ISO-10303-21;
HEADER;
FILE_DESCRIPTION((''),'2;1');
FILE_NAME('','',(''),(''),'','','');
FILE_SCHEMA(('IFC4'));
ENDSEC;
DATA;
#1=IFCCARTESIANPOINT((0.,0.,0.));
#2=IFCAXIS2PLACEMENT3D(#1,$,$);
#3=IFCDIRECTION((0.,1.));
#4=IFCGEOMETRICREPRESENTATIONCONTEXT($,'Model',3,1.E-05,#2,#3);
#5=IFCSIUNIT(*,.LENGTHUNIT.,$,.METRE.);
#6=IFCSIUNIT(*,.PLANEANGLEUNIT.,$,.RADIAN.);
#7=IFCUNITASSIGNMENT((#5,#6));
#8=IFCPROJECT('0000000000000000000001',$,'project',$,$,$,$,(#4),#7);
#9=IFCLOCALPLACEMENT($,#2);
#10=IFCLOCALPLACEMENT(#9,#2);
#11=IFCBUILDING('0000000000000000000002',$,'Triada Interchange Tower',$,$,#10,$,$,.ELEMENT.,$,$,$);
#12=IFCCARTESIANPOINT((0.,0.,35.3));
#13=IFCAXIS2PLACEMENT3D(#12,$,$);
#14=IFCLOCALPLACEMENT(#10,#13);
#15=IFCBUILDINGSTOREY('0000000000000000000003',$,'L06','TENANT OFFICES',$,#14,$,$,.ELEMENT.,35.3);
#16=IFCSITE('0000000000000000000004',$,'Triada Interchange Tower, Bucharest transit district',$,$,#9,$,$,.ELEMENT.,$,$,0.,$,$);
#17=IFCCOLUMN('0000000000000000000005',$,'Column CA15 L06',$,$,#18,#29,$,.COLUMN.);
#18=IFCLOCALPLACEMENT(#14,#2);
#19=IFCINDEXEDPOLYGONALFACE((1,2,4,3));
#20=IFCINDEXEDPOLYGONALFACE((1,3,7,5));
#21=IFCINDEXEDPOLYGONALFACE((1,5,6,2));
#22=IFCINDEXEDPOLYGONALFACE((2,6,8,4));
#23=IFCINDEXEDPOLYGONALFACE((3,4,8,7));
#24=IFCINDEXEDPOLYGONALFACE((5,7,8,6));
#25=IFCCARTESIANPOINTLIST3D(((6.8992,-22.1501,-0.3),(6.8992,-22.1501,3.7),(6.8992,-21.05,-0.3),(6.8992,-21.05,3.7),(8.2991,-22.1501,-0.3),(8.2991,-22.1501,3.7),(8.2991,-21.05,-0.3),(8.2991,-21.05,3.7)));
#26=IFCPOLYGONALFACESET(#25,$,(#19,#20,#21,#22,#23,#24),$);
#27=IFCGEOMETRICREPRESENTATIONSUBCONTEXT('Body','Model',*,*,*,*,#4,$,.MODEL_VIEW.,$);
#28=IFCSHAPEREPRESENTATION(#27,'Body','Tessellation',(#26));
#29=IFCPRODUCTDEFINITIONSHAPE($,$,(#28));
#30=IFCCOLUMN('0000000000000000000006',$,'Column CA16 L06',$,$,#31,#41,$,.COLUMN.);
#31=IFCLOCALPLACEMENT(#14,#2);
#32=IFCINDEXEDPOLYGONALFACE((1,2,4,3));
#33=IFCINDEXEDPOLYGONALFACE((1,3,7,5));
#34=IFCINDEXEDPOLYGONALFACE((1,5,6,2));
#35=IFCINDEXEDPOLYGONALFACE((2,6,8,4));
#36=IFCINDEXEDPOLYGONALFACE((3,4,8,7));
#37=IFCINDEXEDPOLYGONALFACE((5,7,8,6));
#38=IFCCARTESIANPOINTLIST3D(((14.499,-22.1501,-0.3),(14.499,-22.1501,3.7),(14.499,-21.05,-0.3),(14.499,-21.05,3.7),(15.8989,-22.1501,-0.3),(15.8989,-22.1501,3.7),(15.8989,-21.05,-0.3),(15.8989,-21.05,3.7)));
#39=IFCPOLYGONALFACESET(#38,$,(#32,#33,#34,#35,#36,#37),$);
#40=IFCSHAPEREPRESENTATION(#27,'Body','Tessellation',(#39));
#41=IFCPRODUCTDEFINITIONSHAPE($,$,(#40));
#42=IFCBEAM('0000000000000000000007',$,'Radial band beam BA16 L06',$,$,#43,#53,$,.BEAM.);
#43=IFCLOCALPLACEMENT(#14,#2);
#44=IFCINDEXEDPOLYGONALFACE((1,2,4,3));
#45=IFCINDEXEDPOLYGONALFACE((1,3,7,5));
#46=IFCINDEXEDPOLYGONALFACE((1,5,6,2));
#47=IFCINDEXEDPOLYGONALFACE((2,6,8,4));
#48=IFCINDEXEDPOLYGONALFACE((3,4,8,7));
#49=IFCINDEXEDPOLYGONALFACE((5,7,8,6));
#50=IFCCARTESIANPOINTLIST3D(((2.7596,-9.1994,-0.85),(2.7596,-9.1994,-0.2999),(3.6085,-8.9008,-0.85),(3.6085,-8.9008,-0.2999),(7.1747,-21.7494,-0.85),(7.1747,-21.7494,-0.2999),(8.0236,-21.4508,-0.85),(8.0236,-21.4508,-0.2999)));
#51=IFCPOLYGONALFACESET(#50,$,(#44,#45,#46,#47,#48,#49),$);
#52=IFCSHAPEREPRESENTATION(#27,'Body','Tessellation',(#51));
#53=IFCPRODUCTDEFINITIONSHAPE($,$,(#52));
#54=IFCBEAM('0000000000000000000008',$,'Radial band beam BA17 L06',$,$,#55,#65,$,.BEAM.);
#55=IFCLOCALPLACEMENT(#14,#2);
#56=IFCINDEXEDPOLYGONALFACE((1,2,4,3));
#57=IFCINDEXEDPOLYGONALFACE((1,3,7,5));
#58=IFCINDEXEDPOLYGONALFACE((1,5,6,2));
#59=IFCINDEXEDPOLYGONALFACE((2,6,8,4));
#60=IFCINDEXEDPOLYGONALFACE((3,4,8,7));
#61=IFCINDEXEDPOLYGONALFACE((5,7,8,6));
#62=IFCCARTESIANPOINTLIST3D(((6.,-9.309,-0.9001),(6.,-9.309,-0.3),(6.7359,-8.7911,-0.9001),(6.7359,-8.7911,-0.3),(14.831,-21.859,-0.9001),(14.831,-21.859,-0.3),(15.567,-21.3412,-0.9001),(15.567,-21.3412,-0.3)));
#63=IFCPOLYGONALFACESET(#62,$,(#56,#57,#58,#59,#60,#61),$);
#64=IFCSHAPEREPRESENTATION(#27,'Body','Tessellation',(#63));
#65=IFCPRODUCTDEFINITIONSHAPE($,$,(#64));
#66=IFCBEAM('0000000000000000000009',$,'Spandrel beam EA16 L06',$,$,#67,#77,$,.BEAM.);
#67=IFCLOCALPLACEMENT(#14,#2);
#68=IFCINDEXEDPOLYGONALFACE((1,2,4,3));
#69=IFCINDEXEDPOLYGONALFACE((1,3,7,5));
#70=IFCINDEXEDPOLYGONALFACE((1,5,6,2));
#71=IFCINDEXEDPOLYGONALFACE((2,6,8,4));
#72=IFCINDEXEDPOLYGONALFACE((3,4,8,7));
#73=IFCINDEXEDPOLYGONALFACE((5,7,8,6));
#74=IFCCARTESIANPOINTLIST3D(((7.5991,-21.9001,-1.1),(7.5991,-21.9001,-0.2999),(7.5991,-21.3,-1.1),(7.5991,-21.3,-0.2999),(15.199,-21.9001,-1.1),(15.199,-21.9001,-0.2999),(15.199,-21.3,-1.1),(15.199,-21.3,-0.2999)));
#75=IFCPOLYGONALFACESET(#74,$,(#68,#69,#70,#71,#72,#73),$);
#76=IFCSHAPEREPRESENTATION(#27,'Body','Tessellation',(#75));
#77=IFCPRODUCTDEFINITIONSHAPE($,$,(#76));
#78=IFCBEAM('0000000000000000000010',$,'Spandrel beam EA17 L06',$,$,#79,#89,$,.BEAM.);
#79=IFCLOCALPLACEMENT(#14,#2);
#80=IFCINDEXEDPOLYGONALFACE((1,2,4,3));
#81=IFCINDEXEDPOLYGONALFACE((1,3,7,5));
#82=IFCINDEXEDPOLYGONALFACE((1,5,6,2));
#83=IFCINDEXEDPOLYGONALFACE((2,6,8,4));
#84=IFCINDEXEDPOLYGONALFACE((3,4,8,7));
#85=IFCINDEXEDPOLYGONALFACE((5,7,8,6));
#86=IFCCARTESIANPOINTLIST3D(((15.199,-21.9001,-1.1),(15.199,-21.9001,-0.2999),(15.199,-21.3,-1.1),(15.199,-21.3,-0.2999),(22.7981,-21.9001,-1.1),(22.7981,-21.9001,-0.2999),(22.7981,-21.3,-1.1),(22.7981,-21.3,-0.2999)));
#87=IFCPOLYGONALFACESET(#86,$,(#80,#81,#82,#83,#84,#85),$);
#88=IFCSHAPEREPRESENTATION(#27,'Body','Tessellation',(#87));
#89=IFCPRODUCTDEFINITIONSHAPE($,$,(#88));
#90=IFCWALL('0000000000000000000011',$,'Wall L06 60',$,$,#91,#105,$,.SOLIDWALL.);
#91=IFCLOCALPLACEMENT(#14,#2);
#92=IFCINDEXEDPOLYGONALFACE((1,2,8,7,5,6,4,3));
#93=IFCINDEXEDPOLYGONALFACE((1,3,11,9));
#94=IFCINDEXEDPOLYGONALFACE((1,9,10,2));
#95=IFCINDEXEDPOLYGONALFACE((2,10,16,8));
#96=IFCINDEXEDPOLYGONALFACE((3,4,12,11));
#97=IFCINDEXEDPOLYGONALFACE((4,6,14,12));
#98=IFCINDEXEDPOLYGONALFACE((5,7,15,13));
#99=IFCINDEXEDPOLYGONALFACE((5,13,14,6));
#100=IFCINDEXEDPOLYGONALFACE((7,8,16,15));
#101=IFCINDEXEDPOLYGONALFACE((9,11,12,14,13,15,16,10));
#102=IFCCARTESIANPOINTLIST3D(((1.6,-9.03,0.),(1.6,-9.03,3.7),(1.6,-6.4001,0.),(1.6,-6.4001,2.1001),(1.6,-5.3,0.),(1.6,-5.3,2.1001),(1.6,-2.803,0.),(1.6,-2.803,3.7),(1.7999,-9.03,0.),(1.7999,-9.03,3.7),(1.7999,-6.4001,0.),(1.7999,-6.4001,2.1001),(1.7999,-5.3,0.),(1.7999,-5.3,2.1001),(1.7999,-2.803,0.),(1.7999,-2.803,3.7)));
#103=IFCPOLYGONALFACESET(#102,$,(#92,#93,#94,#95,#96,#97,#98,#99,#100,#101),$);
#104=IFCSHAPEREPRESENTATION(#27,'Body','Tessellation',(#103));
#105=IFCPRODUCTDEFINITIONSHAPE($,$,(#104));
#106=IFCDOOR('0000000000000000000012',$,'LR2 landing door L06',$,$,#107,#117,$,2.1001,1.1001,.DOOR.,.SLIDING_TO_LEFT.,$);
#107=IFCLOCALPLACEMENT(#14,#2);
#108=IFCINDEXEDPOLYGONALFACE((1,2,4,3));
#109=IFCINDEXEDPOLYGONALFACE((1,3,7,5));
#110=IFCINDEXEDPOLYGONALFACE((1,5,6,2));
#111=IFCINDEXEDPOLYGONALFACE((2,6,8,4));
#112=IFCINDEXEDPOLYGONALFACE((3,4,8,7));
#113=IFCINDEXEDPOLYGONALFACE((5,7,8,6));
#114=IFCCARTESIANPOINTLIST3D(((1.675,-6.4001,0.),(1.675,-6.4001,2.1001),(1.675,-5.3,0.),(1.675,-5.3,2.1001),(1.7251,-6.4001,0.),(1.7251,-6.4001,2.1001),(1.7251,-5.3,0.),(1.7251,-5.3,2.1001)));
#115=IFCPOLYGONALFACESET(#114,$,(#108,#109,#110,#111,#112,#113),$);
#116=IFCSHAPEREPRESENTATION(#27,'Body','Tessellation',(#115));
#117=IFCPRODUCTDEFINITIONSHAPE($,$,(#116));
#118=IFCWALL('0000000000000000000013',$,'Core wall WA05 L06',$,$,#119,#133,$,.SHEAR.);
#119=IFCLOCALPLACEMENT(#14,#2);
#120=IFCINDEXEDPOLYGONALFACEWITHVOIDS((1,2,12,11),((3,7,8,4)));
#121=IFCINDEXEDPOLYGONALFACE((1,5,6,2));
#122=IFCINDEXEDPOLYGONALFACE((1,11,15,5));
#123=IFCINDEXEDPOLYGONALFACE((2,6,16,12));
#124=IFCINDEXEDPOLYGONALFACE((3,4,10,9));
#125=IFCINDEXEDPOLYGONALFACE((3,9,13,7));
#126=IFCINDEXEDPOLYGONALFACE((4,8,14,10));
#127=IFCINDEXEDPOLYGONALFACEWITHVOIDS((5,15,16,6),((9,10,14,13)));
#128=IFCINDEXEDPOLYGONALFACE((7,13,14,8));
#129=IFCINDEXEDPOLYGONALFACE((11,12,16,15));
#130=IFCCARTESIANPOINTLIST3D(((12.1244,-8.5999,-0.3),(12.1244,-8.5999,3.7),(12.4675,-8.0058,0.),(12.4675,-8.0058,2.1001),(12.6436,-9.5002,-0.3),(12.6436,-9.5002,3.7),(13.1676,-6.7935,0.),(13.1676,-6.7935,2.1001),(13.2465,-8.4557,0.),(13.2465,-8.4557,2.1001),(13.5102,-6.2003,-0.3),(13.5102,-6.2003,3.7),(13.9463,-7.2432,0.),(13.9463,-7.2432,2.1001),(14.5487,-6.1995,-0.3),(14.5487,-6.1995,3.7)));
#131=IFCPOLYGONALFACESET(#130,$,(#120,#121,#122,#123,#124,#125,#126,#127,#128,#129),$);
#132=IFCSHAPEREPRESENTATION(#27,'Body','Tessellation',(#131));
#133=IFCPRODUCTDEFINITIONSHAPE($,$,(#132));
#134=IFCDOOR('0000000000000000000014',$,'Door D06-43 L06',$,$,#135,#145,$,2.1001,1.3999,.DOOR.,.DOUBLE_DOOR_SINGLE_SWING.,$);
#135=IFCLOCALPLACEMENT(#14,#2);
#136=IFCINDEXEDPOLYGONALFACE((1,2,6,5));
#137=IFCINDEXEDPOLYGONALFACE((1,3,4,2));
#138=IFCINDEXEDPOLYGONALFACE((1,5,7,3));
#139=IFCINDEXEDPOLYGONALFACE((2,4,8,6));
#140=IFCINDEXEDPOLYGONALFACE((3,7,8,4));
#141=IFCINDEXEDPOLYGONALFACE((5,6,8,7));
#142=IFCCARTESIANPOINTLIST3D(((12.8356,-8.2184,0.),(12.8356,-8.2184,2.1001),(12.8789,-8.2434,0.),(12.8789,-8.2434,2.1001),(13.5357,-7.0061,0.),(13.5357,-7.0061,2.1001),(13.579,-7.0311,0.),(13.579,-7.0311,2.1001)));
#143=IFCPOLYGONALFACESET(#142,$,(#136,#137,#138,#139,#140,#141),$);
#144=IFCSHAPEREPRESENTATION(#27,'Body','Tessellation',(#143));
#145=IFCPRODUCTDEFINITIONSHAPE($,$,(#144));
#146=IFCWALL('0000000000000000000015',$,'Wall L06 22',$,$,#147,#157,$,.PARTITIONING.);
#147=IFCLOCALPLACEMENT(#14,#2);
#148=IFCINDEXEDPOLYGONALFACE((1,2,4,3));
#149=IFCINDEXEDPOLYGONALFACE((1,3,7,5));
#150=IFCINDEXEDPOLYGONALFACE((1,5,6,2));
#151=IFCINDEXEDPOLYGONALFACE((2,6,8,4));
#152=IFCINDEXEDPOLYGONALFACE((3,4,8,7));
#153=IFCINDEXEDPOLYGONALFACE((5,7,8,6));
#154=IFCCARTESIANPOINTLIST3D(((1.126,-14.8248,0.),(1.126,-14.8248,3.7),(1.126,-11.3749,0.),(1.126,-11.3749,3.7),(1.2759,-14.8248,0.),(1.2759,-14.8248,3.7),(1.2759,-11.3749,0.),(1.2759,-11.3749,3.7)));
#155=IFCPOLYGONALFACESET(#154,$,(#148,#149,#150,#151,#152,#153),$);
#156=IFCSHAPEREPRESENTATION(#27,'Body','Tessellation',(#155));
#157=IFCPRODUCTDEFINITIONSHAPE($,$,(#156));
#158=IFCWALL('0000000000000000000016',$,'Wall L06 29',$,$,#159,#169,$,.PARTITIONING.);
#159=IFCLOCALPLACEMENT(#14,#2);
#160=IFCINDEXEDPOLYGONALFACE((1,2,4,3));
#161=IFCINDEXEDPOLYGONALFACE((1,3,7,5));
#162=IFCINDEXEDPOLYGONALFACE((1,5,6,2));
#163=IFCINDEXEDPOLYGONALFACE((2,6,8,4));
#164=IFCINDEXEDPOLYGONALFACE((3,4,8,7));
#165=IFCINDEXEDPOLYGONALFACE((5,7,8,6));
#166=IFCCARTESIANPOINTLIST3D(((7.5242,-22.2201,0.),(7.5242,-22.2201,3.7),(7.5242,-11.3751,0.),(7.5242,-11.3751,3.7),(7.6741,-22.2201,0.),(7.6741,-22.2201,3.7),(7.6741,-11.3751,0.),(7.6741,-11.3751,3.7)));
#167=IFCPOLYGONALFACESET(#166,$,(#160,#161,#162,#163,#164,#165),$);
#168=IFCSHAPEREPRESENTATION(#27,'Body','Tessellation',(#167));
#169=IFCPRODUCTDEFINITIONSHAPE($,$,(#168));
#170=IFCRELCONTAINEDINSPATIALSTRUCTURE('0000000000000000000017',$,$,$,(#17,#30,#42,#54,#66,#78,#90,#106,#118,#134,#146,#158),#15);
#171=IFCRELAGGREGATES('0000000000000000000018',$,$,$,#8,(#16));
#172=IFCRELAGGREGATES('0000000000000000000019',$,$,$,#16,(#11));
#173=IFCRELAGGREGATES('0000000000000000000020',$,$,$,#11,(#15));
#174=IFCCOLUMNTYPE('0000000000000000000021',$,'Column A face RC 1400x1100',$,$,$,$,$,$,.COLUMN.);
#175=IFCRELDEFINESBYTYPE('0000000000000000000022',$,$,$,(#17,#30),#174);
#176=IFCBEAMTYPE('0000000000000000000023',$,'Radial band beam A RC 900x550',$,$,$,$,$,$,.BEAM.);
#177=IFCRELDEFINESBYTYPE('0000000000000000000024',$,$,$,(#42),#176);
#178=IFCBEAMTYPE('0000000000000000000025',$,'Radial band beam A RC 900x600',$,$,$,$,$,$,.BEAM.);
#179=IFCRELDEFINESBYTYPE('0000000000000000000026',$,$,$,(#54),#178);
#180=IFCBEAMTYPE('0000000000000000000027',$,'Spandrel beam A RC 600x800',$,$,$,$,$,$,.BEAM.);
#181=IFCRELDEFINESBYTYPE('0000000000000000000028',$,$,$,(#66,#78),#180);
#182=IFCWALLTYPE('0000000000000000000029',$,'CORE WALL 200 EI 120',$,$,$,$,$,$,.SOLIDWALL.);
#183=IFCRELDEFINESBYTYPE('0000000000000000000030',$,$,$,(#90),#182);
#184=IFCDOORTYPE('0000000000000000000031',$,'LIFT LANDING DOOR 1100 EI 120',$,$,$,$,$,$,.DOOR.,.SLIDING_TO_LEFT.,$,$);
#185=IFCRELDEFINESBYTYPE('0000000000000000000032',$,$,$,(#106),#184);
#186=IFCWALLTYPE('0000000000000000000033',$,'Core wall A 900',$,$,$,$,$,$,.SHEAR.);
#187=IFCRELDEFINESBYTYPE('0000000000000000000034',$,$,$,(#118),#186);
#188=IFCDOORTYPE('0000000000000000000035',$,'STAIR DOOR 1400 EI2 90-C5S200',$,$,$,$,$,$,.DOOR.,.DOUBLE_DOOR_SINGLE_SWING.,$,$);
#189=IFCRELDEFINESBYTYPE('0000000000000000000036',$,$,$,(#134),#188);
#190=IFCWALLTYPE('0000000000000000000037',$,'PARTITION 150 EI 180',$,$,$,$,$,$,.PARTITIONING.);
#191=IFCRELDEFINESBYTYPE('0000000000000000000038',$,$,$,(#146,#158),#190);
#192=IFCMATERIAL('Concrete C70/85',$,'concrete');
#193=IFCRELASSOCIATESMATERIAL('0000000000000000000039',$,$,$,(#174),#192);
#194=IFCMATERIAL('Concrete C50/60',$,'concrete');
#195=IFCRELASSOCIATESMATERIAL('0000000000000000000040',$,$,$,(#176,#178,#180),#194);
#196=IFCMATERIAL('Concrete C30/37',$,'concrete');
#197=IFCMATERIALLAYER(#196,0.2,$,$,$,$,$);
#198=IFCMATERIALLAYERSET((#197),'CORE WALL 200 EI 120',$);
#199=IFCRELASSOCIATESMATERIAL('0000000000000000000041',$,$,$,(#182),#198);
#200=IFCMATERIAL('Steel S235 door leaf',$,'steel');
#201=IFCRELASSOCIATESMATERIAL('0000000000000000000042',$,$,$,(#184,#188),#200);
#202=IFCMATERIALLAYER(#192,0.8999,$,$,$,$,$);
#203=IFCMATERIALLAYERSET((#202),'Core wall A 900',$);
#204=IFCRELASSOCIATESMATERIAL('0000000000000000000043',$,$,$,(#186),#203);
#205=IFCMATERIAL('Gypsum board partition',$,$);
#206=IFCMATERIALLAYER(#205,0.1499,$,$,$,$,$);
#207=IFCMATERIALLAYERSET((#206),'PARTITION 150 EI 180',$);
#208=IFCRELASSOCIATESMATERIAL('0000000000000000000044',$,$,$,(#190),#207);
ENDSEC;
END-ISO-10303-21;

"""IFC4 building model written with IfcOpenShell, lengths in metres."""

from ifc_helpers import new_model, si_unit, direction, frame, frame_2d, origin, origin_2d, place, context, subcontext, project, spatial, polyline, rectangle, outline, extrude, material, layer, layer_set, material_profile, profile_set, type_object, element, fill, save


model = new_model("IFC4")

# Units and contexts
model_context = context("Model", 3, precision=1e-05, world=origin(), true_north=direction((0.0, 1.0)))
body_context = subcontext(model_context, "Body", "Model", "MODEL_VIEW")
ifc_project = project(units=[si_unit("LENGTHUNIT", "METRE"), si_unit("PLANEANGLEUNIT", "RADIAN")], contexts=[model_context])

# Site, building, storey
site_placement = place(None, origin())
site = spatial("IfcSite", under=ifc_project, at=site_placement, Name="Triada Interchange Tower, Bucharest transit district", CompositionType="ELEMENT", RefElevation=0.0)
building_placement = place(site_placement, origin())
building = spatial("IfcBuilding", under=site, at=building_placement, Name="Triada Interchange Tower", CompositionType="ELEMENT")
storey_placement = place(building_placement, frame((0.0, 0.0, 35.3)))
storey = spatial("IfcBuildingStorey", under=building, at=storey_placement, Name="L06", Description="TENANT OFFICES", CompositionType="ELEMENT", Elevation=35.3)

# Columns
ifc_material_1 = material(Name="Concrete C70/85", Category="concrete")
ifc_material_profile_1 = material_profile(ifc_material_1, rectangle(XDim=1.3999, YDim=1.1001, at=origin_2d()), Name="RC 1400x1100")
ifc_profile_set_1 = profile_set([ifc_material_profile_1], Name="Concrete C70/85")
column_type = type_object("IfcColumnType", Name="Column A face RC 1400x1100", PredefinedType="COLUMN", material=ifc_profile_set_1)
for number, where, z_axis, x_axis, name in (
    (1, (7.5991, -21.6001, -0.3), (0.0, 0.0, 1.0), (1.0, 0.0, 0.0), "Column CA15 L06"),
    (2, (15.199, -21.6001, -0.3), (0.0, 0.0, 1.0), (1.0, 0.0, 0.0), "Column CA16 L06"),
):
    element("IfcColumn", number, at=place(storey_placement, frame(where, z_axis=z_axis, x_axis=x_axis)), inside=storey, type_object=column_type, Name=name, PredefinedType="COLUMN", context=body_context, shape_type="SweptSolid", body=[
        extrude(rectangle(XDim=1.3999, YDim=1.1001, at=origin_2d()), origin(), (0.0, 0.0, 1.0), 4.0),
    ])

# Beams
ifc_material_2 = material(Name="Concrete C50/60", Category="concrete")
ifc_material_profile_2 = material_profile(ifc_material_2, rectangle(XDim=0.8999, YDim=0.55, at=origin_2d()), Name="RC 900x550")
ifc_profile_set_2 = profile_set([ifc_material_profile_2], Name="Concrete C50/60")
beam_type_1 = type_object("IfcBeamType", Name="Radial band beam A RC 900x550", PredefinedType="BEAM", material=ifc_profile_set_2)
beam_1_placement = place(storey_placement, frame((7.5991, -21.6001, -0.575), z_axis=(-0.331858, 0.943329, 0.0), x_axis=(-0.943329, -0.331858, 0.0)))
element("IfcBeam", 3, at=beam_1_placement, inside=storey, type_object=beam_type_1, Name="Radial band beam BA16 L06", PredefinedType="BEAM", context=body_context, shape_type="SweptSolid", body=[
    extrude(rectangle(XDim=0.8999, YDim=0.55, at=origin_2d()), origin(), (0.0, 0.0, 1.0), 13.304),
])
ifc_material_profile_3 = material_profile(ifc_material_2, rectangle(XDim=0.8999, YDim=0.6001, at=origin_2d()), Name="RC 900x600")
ifc_profile_set_3 = profile_set([ifc_material_profile_3], Name="Concrete C50/60")
beam_type_2 = type_object("IfcBeamType", Name="Radial band beam A RC 900x600", PredefinedType="BEAM", material=ifc_profile_set_3)
beam_2_placement = place(storey_placement, frame((15.199, -21.6001, -0.6001), z_axis=(-0.575473, 0.817821, 0.0), x_axis=(-0.817821, -0.575473, 0.0)))
element("IfcBeam", 4, at=beam_2_placement, inside=storey, type_object=beam_type_2, Name="Radial band beam BA17 L06", PredefinedType="BEAM", context=body_context, shape_type="SweptSolid", body=[
    extrude(rectangle(XDim=0.8999, YDim=0.6001, at=origin_2d()), origin(), (0.0, 0.0, 1.0), 15.3457),
])
ifc_material_profile_4 = material_profile(ifc_material_2, rectangle(XDim=0.6001, YDim=0.8, at=origin_2d()), Name="RC 600x800")
ifc_profile_set_4 = profile_set([ifc_material_profile_4], Name="Concrete C50/60")
beam_type_3 = type_object("IfcBeamType", Name="Spandrel beam A RC 600x800", PredefinedType="BEAM", material=ifc_profile_set_4)
beam_3_placement = place(storey_placement, frame((7.5991, -21.6001, -0.7), z_axis=(1.0, 0.0, 0.0), x_axis=(0.0, 1.0, 0.0)))
element("IfcBeam", 5, at=beam_3_placement, inside=storey, type_object=beam_type_3, Name="Spandrel beam EA16 L06", PredefinedType="BEAM", context=body_context, shape_type="SweptSolid", body=[
    extrude(rectangle(XDim=0.6001, YDim=0.8, at=origin_2d()), origin(), (0.0, 0.0, 1.0), 7.5999),
])
beam_4_placement = place(storey_placement, frame((15.199, -21.6001, -0.7), z_axis=(1.0, 0.0, 0.0), x_axis=(0.0, 1.0, 0.0)))
element("IfcBeam", 6, at=beam_4_placement, inside=storey, type_object=beam_type_3, Name="Spandrel beam EA17 L06", PredefinedType="BEAM", context=body_context, shape_type="SweptSolid", body=[
    extrude(rectangle(XDim=0.6001, YDim=0.8, at=origin_2d()), origin(), (0.0, 0.0, 1.0), 7.5991),
])

# Walls, openings, doors
ifc_material_3 = material(Name="Concrete C30/37", Category="concrete")
ifc_layer_1 = layer(ifc_material_3, 0.2)
ifc_layer_set_1 = layer_set([ifc_layer_1], Name="CORE WALL 200 EI 120")
wall_type_1 = type_object("IfcWallType", Name="CORE WALL 200 EI 120", PredefinedType="SOLIDWALL", material=ifc_layer_set_1)
wall_1_placement = place(storey_placement, frame((1.7, -9.03, 0.0), z_axis=(0.0, 0.0, 1.0), x_axis=(0.0, 1.0, 0.0)))
wall_1 = element("IfcWall", 7, at=wall_1_placement, inside=storey, type_object=wall_type_1, Name="Wall L06 60", PredefinedType="SOLIDWALL", context=body_context, shape_type="SweptSolid", body=[
    extrude(rectangle(XDim=6.2271, YDim=0.2, at=frame_2d((3.1135, 0.0))), origin(), (0.0, 0.0, 1.0), 3.7),
])
opening_1_placement = place(wall_1_placement, frame((2.6299, 0.0, 0.0)))
opening_1 = element("IfcOpeningElement", 8, at=opening_1_placement, cuts=wall_1, PredefinedType="OPENING", context=body_context, shape_type="SweptSolid", body=[
    extrude(rectangle(XDim=1.1001, YDim=2.1001, at=frame_2d((0.55, 1.05))), frame((0.0, 0.1099, 0.0), z_axis=(0.0, -1.0, 0.0), x_axis=(1.0, 0.0, 0.0)), (0.0, 0.0, 1.0), 0.22),
])
ifc_material_4 = material(Name="Steel S235 door leaf", Category="steel")
door_type_1 = type_object("IfcDoorType", Name="LIFT LANDING DOOR 1100 EI 120", OperationType="SLIDING_TO_LEFT", PredefinedType="DOOR", material=ifc_material_4)
door_1_placement = place(opening_1_placement, origin())
door_1 = element("IfcDoor", 9, at=door_1_placement, inside=storey, type_object=door_type_1, Name="LR2 landing door L06", OperationType="SLIDING_TO_LEFT", OverallHeight=2.1001, OverallWidth=1.1001, PredefinedType="DOOR", context=body_context, shape_type="SweptSolid", body=[
    extrude(rectangle(XDim=1.1001, YDim=2.1001, at=frame_2d((0.55, 1.05))), frame((0.0, 0.0249, 0.0), z_axis=(0.0, -1.0, 0.0), x_axis=(1.0, 0.0, 0.0)), (0.0, 0.0, 1.0), 0.05),
])
fill(opening_1, door_1)
ifc_layer_2 = layer(ifc_material_1, 0.8999)
ifc_layer_set_2 = layer_set([ifc_layer_2], Name="Core wall A 900")
wall_type_2 = type_object("IfcWallType", Name="Core wall A 900", PredefinedType="SHEAR", material=ifc_layer_set_2)
wall_2_placement = place(storey_placement, frame((12.384, -9.05, -0.3), z_axis=(0.0, 0.0, 1.0), x_axis=(0.500112, 0.865961, 0.0)))
wall_2 = element("IfcWall", 10, at=wall_2_placement, inside=storey, type_object=wall_type_2, Name="Core wall WA05 L06", PredefinedType="SHEAR", context=body_context, shape_type="SweptSolid", body=[
    extrude(outline(polyline([(-0.26, -0.45), (1.6455, -0.4495), (3.551, -0.449), (3.031, 0.45), (1.6455, 0.45), (0.26, 0.45), (-0.26, -0.45)])), origin(), (0.0, 0.0, 1.0), 4.0),
])
opening_2_placement = place(wall_2_placement, frame((0.946, 0.0, 0.3)))
opening_2 = element("IfcOpeningElement", 11, at=opening_2_placement, cuts=wall_2, PredefinedType="OPENING", context=body_context, shape_type="SweptSolid", body=[
    extrude(rectangle(XDim=1.3999, YDim=2.1001, at=frame_2d((0.7, 1.05))), frame((0.0, 0.46, 0.0), z_axis=(0.0, -1.0, 0.0), x_axis=(1.0, 0.0, 0.0)), (0.0, 0.0, 1.0), 0.9199),
])
door_type_2 = type_object("IfcDoorType", Name="STAIR DOOR 1400 EI2 90-C5S200", OperationType="DOUBLE_DOOR_SINGLE_SWING", PredefinedType="DOOR", material=ifc_material_4)
door_2_placement = place(opening_2_placement, origin())
door_2 = element("IfcDoor", 12, at=door_2_placement, inside=storey, type_object=door_type_2, Name="Door D06-43 L06", OperationType="DOUBLE_DOOR_SINGLE_SWING", OverallHeight=2.1001, OverallWidth=1.3999, PredefinedType="DOOR", context=body_context, shape_type="SweptSolid", body=[
    extrude(rectangle(XDim=1.3999, YDim=2.1001, at=frame_2d((0.7, 1.05))), frame((0.0, 0.0249, 0.0), z_axis=(0.0, -1.0, 0.0), x_axis=(1.0, 0.0, 0.0)), (0.0, 0.0, 1.0), 0.05),
])
fill(opening_2, door_2)

# Walls
ifc_material_5 = material(Name="Gypsum board partition")
ifc_layer_3 = layer(ifc_material_5, 0.1499)
ifc_layer_set_3 = layer_set([ifc_layer_3], Name="PARTITION 150 EI 180")
wall_type_3 = type_object("IfcWallType", Name="PARTITION 150 EI 180", PredefinedType="PARTITIONING", material=ifc_layer_set_3)
wall_3_placement = place(storey_placement, frame((1.2009, -14.825, 0.0), z_axis=(0.0, 0.0, 1.0), x_axis=(0.0, 1.0, 0.0)))
element("IfcWall", 13, at=wall_3_placement, inside=storey, type_object=wall_type_3, Name="Wall L06 22", PredefinedType="PARTITIONING", context=body_context, shape_type="SweptSolid", body=[
    extrude(rectangle(XDim=3.45, YDim=0.1499, at=frame_2d((1.7251, 0.0))), origin(), (0.0, 0.0, 1.0), 3.7),
])
wall_4_placement = place(storey_placement, frame((7.5991, -22.22, 0.0), z_axis=(0.0, 0.0, 1.0), x_axis=(0.0, 1.0, 0.0)))
element("IfcWall", 14, at=wall_4_placement, inside=storey, type_object=wall_type_3, Name="Wall L06 29", PredefinedType="PARTITIONING", context=body_context, shape_type="SweptSolid", body=[
    extrude(rectangle(XDim=10.845, YDim=0.1499, at=frame_2d((5.4224, 0.0))), origin(), (0.0, 0.0, 1.0), 3.7),
])

save(model, "model.ifc")
